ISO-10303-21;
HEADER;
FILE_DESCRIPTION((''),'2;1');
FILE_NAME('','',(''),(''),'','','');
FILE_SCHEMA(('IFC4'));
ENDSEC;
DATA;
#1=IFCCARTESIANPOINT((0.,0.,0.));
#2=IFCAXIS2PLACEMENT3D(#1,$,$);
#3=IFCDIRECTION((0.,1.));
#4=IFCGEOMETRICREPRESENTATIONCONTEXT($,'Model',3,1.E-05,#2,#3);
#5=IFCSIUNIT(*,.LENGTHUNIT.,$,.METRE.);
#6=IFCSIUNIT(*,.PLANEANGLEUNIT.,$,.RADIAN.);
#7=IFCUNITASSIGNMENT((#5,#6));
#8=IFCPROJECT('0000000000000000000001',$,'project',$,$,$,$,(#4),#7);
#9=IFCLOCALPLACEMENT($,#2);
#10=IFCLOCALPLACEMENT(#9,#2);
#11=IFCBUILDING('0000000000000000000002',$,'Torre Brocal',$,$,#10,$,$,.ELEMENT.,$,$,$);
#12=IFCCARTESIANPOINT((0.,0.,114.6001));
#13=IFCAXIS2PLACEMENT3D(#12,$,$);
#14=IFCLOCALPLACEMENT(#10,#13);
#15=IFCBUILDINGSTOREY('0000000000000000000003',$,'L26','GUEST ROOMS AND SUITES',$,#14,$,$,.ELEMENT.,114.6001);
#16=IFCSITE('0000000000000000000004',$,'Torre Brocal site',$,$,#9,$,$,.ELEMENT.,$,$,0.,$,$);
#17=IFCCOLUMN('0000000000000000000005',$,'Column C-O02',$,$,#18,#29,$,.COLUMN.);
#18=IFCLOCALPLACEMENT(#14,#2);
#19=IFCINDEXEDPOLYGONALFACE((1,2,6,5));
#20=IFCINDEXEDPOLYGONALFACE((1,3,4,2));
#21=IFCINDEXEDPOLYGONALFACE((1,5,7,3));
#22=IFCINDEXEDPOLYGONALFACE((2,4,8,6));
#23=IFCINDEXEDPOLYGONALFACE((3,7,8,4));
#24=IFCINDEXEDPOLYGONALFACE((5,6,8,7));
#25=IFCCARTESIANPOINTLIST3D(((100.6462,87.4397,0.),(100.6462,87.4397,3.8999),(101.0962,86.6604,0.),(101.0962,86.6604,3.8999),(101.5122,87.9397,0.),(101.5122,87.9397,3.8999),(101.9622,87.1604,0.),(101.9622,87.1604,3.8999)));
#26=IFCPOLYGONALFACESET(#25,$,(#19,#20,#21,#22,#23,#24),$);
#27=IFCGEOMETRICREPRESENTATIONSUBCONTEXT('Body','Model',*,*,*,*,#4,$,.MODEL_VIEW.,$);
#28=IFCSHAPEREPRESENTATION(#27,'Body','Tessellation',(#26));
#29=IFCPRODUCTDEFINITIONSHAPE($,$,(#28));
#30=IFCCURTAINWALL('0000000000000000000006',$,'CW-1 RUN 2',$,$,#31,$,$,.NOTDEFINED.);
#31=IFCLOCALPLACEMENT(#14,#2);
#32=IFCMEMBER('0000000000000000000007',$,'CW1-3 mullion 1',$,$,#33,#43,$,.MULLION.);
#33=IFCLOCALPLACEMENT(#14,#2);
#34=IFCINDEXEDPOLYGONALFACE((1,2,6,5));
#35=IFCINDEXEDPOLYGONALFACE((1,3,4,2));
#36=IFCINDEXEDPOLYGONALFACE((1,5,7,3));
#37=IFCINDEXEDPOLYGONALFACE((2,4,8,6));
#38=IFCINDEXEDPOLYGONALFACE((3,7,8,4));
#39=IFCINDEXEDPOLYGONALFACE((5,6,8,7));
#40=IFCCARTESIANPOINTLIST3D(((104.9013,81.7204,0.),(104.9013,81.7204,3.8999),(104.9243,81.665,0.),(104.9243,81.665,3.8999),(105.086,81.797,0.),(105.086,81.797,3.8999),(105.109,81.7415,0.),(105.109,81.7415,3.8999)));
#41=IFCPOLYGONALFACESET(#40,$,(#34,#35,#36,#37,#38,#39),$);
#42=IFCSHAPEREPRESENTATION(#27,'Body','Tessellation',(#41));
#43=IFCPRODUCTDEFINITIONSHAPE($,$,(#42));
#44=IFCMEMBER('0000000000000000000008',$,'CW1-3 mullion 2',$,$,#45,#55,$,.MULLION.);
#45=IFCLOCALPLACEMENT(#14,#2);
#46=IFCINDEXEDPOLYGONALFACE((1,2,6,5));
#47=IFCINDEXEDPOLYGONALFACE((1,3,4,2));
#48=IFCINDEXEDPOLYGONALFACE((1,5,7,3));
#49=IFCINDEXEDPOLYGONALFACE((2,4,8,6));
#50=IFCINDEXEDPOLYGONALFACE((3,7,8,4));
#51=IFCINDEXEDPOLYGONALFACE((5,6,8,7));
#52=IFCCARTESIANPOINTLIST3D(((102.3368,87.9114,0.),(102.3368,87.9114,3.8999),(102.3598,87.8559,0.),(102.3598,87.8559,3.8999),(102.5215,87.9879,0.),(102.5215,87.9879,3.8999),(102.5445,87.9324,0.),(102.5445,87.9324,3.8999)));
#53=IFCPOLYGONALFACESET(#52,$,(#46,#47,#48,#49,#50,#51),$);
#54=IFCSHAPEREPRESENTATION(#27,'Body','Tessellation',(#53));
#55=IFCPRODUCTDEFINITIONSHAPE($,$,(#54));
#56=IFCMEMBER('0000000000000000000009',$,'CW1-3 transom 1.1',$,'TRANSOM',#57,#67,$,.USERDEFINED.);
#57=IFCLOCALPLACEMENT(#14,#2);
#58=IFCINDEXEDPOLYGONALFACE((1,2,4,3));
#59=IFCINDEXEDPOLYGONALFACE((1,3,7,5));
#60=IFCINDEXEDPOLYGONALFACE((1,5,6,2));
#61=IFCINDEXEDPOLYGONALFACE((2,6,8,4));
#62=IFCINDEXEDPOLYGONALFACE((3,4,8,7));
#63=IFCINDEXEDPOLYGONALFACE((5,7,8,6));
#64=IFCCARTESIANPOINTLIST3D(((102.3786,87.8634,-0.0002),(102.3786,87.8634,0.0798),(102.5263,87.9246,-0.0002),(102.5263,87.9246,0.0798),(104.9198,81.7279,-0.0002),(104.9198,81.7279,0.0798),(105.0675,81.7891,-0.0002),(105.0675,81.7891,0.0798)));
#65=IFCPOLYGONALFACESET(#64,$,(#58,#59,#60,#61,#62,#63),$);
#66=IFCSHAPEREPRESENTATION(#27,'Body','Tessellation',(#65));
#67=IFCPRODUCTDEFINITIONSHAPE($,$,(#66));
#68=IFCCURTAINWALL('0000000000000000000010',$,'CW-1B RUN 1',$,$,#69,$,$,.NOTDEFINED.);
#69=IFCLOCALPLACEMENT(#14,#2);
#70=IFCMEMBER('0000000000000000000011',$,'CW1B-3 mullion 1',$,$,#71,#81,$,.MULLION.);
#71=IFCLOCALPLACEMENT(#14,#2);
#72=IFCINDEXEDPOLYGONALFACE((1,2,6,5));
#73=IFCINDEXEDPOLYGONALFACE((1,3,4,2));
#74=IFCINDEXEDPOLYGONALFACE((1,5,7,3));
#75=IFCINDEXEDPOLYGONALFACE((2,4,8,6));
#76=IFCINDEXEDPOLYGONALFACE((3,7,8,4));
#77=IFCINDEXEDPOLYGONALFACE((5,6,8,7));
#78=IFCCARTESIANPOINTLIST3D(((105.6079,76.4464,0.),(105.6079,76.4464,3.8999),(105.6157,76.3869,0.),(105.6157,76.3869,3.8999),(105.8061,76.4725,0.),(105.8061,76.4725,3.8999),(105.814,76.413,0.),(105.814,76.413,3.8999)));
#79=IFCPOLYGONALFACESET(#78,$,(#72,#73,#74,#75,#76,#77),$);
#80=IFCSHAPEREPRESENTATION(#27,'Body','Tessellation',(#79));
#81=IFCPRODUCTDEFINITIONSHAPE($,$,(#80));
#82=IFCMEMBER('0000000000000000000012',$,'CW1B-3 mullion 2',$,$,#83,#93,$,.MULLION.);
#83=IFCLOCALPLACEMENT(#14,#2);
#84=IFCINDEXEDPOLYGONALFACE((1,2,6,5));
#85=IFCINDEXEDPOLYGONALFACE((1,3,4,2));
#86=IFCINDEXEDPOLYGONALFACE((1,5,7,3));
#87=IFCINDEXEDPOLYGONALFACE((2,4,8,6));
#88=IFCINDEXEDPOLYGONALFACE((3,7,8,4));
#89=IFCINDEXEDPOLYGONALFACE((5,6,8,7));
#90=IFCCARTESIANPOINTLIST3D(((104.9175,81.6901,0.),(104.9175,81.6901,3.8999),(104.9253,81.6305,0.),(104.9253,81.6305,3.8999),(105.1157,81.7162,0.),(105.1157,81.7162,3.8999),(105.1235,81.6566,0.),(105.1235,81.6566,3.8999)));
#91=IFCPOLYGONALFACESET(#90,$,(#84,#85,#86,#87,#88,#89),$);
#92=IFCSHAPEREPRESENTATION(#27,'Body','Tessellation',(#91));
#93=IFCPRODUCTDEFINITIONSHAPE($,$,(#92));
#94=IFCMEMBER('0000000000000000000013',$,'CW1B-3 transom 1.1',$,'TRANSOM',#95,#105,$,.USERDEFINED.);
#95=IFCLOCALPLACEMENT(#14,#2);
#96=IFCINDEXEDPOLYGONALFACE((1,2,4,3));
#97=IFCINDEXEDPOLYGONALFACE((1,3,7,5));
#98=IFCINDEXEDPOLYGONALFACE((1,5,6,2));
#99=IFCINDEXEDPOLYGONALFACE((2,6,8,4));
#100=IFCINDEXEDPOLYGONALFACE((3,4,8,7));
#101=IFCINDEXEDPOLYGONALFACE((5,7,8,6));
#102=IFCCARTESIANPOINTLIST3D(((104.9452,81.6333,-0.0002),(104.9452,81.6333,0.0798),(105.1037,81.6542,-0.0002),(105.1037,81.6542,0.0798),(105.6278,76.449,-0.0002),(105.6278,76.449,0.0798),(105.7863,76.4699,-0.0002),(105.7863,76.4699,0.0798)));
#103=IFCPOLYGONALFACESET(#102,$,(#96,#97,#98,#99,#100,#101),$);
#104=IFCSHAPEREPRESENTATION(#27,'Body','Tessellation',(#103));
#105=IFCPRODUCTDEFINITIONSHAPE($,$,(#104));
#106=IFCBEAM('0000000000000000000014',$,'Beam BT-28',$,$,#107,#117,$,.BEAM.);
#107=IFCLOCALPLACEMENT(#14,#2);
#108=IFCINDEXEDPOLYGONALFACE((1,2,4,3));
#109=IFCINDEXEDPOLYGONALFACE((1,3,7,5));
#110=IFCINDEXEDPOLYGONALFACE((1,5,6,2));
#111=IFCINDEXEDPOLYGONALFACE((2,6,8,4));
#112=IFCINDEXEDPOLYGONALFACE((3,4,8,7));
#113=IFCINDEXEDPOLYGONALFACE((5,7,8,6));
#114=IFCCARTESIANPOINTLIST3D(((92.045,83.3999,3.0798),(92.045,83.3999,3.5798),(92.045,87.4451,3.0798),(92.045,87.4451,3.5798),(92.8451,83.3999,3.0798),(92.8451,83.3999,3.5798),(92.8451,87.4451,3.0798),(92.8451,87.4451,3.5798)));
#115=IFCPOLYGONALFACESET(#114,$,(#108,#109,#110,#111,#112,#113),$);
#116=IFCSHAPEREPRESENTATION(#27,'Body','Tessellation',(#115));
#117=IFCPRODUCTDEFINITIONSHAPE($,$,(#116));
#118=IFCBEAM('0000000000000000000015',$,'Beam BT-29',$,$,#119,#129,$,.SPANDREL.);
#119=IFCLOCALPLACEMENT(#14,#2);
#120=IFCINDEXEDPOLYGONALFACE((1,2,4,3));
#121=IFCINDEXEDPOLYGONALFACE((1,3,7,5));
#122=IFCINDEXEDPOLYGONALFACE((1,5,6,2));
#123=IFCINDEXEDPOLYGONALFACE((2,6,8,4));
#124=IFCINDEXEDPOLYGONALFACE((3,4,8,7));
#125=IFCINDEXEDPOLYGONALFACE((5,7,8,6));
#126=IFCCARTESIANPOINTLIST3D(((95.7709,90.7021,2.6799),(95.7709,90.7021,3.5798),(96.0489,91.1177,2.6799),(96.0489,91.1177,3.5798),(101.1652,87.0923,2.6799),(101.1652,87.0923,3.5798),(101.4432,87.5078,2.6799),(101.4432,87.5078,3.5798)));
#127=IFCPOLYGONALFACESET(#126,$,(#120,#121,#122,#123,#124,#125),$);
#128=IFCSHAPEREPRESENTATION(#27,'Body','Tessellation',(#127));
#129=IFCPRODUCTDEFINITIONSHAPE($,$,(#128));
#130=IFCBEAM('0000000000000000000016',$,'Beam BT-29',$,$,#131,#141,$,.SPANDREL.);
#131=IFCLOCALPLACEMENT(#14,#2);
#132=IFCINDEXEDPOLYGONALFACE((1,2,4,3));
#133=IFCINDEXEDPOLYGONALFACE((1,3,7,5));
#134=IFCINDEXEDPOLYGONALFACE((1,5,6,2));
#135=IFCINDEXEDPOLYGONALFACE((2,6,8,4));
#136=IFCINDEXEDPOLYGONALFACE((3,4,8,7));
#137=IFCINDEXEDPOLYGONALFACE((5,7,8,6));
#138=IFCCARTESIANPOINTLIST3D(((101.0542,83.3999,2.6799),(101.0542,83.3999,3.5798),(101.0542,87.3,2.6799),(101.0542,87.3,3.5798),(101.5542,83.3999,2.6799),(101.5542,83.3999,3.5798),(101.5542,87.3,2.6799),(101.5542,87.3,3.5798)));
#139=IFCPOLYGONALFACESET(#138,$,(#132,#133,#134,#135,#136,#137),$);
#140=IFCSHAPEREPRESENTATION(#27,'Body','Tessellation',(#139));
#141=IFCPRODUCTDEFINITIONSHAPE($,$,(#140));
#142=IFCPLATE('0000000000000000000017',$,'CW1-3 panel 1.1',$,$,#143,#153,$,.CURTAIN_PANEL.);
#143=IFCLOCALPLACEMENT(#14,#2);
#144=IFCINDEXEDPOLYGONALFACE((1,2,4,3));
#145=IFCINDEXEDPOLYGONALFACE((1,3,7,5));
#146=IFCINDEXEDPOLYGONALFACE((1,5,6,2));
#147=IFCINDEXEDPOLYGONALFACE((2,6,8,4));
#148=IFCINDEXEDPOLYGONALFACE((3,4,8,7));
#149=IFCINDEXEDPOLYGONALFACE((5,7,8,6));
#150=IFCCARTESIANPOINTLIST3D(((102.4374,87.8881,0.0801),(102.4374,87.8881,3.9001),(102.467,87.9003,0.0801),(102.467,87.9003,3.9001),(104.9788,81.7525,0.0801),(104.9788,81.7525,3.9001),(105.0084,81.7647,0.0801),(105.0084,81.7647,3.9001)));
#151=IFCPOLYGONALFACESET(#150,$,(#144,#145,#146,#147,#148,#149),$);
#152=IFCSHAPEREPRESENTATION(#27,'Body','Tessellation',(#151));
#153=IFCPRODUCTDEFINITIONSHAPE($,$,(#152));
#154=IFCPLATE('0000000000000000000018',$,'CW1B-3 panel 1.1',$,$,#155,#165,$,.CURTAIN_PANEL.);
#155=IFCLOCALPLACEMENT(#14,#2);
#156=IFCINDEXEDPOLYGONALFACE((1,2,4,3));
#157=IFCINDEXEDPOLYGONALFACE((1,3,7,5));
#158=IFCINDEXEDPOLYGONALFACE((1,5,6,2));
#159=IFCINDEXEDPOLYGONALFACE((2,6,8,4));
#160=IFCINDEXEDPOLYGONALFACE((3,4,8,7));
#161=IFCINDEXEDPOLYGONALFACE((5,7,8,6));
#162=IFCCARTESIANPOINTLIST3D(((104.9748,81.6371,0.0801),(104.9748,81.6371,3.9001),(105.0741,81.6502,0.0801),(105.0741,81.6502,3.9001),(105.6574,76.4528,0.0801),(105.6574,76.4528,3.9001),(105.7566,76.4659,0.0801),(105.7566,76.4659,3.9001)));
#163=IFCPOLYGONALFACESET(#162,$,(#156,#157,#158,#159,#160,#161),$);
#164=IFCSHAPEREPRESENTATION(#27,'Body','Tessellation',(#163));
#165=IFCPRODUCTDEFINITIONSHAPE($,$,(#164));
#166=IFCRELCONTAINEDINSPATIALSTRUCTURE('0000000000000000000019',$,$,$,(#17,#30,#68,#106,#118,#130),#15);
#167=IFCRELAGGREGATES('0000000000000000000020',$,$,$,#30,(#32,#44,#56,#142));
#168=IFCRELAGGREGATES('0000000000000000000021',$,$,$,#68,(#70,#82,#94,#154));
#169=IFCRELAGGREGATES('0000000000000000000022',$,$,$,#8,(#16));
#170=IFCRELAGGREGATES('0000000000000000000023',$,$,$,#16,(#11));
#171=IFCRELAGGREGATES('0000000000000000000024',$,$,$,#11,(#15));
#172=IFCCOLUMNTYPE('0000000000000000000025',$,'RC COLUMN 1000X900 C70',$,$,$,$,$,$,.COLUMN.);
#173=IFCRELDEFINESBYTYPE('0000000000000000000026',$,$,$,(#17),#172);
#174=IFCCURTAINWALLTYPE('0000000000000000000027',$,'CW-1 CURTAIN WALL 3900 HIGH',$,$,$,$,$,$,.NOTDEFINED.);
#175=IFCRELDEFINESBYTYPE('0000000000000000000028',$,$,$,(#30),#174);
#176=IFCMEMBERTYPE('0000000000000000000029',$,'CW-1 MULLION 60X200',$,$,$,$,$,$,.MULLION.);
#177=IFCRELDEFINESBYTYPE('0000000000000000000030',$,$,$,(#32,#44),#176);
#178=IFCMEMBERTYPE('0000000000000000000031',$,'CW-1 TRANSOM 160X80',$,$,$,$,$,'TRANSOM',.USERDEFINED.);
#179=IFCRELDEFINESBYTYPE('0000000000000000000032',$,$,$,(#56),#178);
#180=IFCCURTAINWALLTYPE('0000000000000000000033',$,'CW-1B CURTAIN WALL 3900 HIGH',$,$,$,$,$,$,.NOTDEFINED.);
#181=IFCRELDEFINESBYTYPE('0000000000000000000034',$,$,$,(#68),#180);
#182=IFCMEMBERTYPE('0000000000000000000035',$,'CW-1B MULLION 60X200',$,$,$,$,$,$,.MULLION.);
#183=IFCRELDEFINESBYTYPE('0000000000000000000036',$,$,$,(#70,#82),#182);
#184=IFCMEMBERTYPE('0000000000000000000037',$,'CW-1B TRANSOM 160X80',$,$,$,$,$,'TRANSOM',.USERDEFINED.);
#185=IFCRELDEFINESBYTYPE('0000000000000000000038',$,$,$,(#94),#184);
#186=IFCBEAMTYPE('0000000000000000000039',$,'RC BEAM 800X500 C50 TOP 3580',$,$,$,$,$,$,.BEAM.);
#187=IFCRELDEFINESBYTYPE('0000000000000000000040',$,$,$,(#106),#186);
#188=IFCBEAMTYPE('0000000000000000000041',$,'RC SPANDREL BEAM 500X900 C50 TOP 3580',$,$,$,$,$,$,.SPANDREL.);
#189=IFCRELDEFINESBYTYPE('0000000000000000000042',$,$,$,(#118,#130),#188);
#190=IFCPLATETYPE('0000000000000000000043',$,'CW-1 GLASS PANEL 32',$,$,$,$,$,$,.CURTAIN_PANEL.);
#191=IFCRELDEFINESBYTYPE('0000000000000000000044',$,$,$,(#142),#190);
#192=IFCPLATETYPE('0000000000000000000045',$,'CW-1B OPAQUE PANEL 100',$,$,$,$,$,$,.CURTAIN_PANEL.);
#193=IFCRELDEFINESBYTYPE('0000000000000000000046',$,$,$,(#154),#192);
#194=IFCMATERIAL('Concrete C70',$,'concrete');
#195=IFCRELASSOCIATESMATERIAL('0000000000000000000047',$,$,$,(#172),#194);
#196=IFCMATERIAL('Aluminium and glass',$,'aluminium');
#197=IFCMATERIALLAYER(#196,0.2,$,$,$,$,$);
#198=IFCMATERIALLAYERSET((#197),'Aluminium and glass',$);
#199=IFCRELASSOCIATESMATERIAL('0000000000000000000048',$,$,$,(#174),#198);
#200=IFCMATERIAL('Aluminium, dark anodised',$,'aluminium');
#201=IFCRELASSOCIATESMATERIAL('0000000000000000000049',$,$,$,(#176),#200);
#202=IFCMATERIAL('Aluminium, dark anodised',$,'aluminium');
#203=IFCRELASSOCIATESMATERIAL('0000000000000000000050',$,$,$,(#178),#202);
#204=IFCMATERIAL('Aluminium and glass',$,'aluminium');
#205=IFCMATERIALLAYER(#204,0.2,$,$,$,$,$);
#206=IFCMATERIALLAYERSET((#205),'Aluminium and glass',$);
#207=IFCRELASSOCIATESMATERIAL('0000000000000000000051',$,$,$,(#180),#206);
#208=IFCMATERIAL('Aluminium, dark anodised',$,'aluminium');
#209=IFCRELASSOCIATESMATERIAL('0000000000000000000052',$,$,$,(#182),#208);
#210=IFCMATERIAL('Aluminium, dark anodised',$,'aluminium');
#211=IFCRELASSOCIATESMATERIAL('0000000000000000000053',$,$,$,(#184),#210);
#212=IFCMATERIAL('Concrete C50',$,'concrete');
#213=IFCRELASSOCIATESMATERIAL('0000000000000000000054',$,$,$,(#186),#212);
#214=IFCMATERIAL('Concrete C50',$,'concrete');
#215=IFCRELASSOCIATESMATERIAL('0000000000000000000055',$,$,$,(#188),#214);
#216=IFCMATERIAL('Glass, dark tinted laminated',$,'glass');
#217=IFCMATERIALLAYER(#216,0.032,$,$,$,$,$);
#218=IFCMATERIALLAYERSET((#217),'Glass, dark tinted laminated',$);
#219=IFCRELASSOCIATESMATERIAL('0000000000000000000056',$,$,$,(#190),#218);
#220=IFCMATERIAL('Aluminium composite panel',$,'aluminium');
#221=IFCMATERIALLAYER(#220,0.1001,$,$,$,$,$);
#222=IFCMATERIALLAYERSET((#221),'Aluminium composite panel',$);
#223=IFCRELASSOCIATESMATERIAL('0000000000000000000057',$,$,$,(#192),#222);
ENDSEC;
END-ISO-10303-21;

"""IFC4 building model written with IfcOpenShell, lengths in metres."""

from ifc_helpers import new_model, si_unit, direction, frame, origin, origin_2d, place, context, subcontext, project, spatial, rectangle, extrude, material, layer, layer_set, material_profile, profile_set, type_object, element, aggregate, save


model = new_model("IFC4")

# Units and contexts
model_context = context("Model", 3, precision=1e-05, world=origin(), true_north=direction((0.0, 1.0)))
body_context = subcontext(model_context, "Body", "Model", "MODEL_VIEW")
ifc_project = project(units=[si_unit("LENGTHUNIT", "METRE"), si_unit("PLANEANGLEUNIT", "RADIAN")], contexts=[model_context])

# Site, building, storey
site_placement = place(None, origin())
site = spatial("IfcSite", under=ifc_project, at=site_placement, Name="Torre Brocal site", CompositionType="ELEMENT", RefElevation=0.0)
building_placement = place(site_placement, origin())
building = spatial("IfcBuilding", under=site, at=building_placement, Name="Torre Brocal", CompositionType="ELEMENT")
storey_placement = place(building_placement, frame((0.0, 0.0, 114.6001)))
storey = spatial("IfcBuildingStorey", under=building, at=storey_placement, Name="L26", Description="GUEST ROOMS AND SUITES", CompositionType="ELEMENT", Elevation=114.6001)

# Column
ifc_material_1 = material(Name="Concrete C70", Category="concrete")
ifc_material_profile_1 = material_profile(ifc_material_1, rectangle(XDim=1.0, YDim=0.8999, at=origin_2d()), Name="RC 1000X900")
ifc_profile_set_1 = profile_set([ifc_material_profile_1], Name="Concrete C70")
column_type = type_object("IfcColumnType", Name="RC COLUMN 1000X900 C70", PredefinedType="COLUMN", material=ifc_profile_set_1)
column_placement = place(storey_placement, frame((101.3042, 87.3, 0.0), z_axis=(0.0, 0.0, 1.0), x_axis=(0.866025, 0.5, 0.0)))
element("IfcColumn", 1, at=column_placement, inside=storey, type_object=column_type, Name="Column C-O02", PredefinedType="COLUMN", context=body_context, shape_type="SweptSolid", body=[
    extrude(rectangle(XDim=1.0, YDim=0.8999, at=origin_2d()), origin(), (0.0, 0.0, 1.0), 3.8999),
])

# Curtain walls, members
ifc_material_2 = material(Name="Aluminium and glass", Category="aluminium")
ifc_layer_1 = layer(ifc_material_2, 0.2)
ifc_layer_set_1 = layer_set([ifc_layer_1], Name="Aluminium and glass")
curtain_wall_type_1 = type_object("IfcCurtainWallType", Name="CW-1 CURTAIN WALL 3900 HIGH", PredefinedType="NOTDEFINED", material=ifc_layer_set_1)
curtain_wall_1_placement = place(storey_placement, origin())
curtain_wall_1 = element("IfcCurtainWall", 2, at=curtain_wall_1_placement, inside=storey, type_object=curtain_wall_type_1, Name="CW-1 RUN 2", PredefinedType="NOTDEFINED")
ifc_material_3 = material(Name="Aluminium, dark anodised", Category="aluminium")
ifc_material_profile_2 = material_profile(ifc_material_3, rectangle(XDim=0.2, YDim=0.0601, at=origin_2d()), Name="CW-1 MULLION 60X200")
ifc_profile_set_2 = profile_set([ifc_material_profile_2], Name="Aluminium, dark anodised")
member_type_1 = type_object("IfcMemberType", Name="CW-1 MULLION 60X200", PredefinedType="MULLION", material=ifc_profile_set_2)
member_1_placement = place(storey_placement, frame((105.0051, 81.731, 0.0), z_axis=(0.0, 0.0, 1.0), x_axis=(-0.92388, -0.382683, 0.0)))
member_1 = element("IfcMember", 3, at=member_1_placement, type_object=member_type_1, Name="CW1-3 mullion 1", PredefinedType="MULLION", context=body_context, shape_type="SweptSolid", body=[
    extrude(rectangle(XDim=0.2, YDim=0.0601, at=origin_2d()), origin(), (0.0, 0.0, 1.0), 3.8999),
])
member_2_placement = place(storey_placement, frame((102.4407, 87.9219, 0.0), z_axis=(0.0, 0.0, 1.0), x_axis=(-0.92388, -0.382683, 0.0)))
member_2 = element("IfcMember", 4, at=member_2_placement, type_object=member_type_1, Name="CW1-3 mullion 2", PredefinedType="MULLION", context=body_context, shape_type="SweptSolid", body=[
    extrude(rectangle(XDim=0.2, YDim=0.0601, at=origin_2d()), origin(), (0.0, 0.0, 1.0), 3.8999),
])
ifc_material_4 = material(Name="Aluminium, dark anodised", Category="aluminium")
ifc_material_profile_3 = material_profile(ifc_material_4, rectangle(XDim=0.1599, YDim=0.0801, at=origin_2d()), Name="CW-1 TRANSOM 160X80")
ifc_profile_set_3 = profile_set([ifc_material_profile_3], Name="Aluminium, dark anodised")
member_type_2 = type_object("IfcMemberType", Name="CW-1 TRANSOM 160X80", ElementType="TRANSOM", PredefinedType="USERDEFINED", material=ifc_profile_set_3)
member_3_placement = place(storey_placement, frame((104.9937, 81.7585, 0.0398), z_axis=(-0.382665, 0.923887, 0.0), x_axis=(-0.923887, -0.382665, 0.0)))
member_3 = element("IfcMember", 5, at=member_3_placement, type_object=member_type_2, Name="CW1-3 transom 1.1", ObjectType="TRANSOM", PredefinedType="USERDEFINED", context=body_context, shape_type="SweptSolid", body=[
    extrude(rectangle(XDim=0.1599, YDim=0.0801, at=origin_2d()), origin(), (0.0, 0.0, 1.0), 6.6409),
])
ifc_material_5 = material(Name="Aluminium and glass", Category="aluminium")
ifc_layer_2 = layer(ifc_material_5, 0.2)
ifc_layer_set_2 = layer_set([ifc_layer_2], Name="Aluminium and glass")
curtain_wall_type_2 = type_object("IfcCurtainWallType", Name="CW-1B CURTAIN WALL 3900 HIGH", PredefinedType="NOTDEFINED", material=ifc_layer_set_2)
curtain_wall_2_placement = place(storey_placement, origin())
curtain_wall_2 = element("IfcCurtainWall", 6, at=curtain_wall_2_placement, inside=storey, type_object=curtain_wall_type_2, Name="CW-1B RUN 1", PredefinedType="NOTDEFINED")
ifc_material_6 = material(Name="Aluminium, dark anodised", Category="aluminium")
ifc_material_profile_4 = material_profile(ifc_material_6, rectangle(XDim=0.2, YDim=0.0601, at=origin_2d()), Name="CW-1B MULLION 60X200")
ifc_profile_set_4 = profile_set([ifc_material_profile_4], Name="Aluminium, dark anodised")
member_type_3 = type_object("IfcMemberType", Name="CW-1B MULLION 60X200", PredefinedType="MULLION", material=ifc_profile_set_4)
member_4_placement = place(storey_placement, frame((105.7109, 76.4297, 0.0), z_axis=(0.0, 0.0, 1.0), x_axis=(-0.991445, -0.130526, 0.0)))
member_4 = element("IfcMember", 7, at=member_4_placement, type_object=member_type_3, Name="CW1B-3 mullion 1", PredefinedType="MULLION", context=body_context, shape_type="SweptSolid", body=[
    extrude(rectangle(XDim=0.2, YDim=0.0601, at=origin_2d()), origin(), (0.0, 0.0, 1.0), 3.8999),
])
member_5_placement = place(storey_placement, frame((105.0205, 81.6733, 0.0), z_axis=(0.0, 0.0, 1.0), x_axis=(-0.991445, -0.130526, 0.0)))
member_5 = element("IfcMember", 8, at=member_5_placement, type_object=member_type_3, Name="CW1B-3 mullion 2", PredefinedType="MULLION", context=body_context, shape_type="SweptSolid", body=[
    extrude(rectangle(XDim=0.2, YDim=0.0601, at=origin_2d()), origin(), (0.0, 0.0, 1.0), 3.8999),
])
ifc_material_7 = material(Name="Aluminium, dark anodised", Category="aluminium")
ifc_material_profile_5 = material_profile(ifc_material_7, rectangle(XDim=0.1599, YDim=0.0801, at=origin_2d()), Name="CW-1B TRANSOM 160X80")
ifc_profile_set_5 = profile_set([ifc_material_profile_5], Name="Aluminium, dark anodised")
member_type_4 = type_object("IfcMemberType", Name="CW-1B TRANSOM 160X80", ElementType="TRANSOM", PredefinedType="USERDEFINED", material=ifc_profile_set_5)
member_6_placement = place(storey_placement, frame((105.707, 76.4595, 0.0398), z_axis=(-0.130543, 0.991443, 0.0), x_axis=(-0.991443, -0.130543, 0.0)))
member_6 = element("IfcMember", 9, at=member_6_placement, type_object=member_type_4, Name="CW1B-3 transom 1.1", ObjectType="TRANSOM", PredefinedType="USERDEFINED", context=body_context, shape_type="SweptSolid", body=[
    extrude(rectangle(XDim=0.1599, YDim=0.0801, at=origin_2d()), origin(), (0.0, 0.0, 1.0), 5.229),
])

# Beams
ifc_material_8 = material(Name="Concrete C50", Category="concrete")
ifc_material_profile_6 = material_profile(ifc_material_8, rectangle(XDim=0.8, YDim=0.5, at=origin_2d()), Name="RC 800X500")
ifc_profile_set_6 = profile_set([ifc_material_profile_6], Name="Concrete C50")
beam_type_1 = type_object("IfcBeamType", Name="RC BEAM 800X500 C50 TOP 3580", PredefinedType="BEAM", material=ifc_profile_set_6)
beam_1_placement = place(storey_placement, frame((92.4451, 87.4451, 3.3298), z_axis=(0.0, -1.0, 0.0), x_axis=(1.0, 0.0, 0.0)))
element("IfcBeam", 10, at=beam_1_placement, inside=storey, type_object=beam_type_1, Name="Beam BT-28", PredefinedType="BEAM", context=body_context, shape_type="SweptSolid", body=[
    extrude(rectangle(XDim=0.8, YDim=0.5, at=origin_2d()), origin(), (0.0, 0.0, 1.0), 4.0452),
])
ifc_material_9 = material(Name="Concrete C50", Category="concrete")
ifc_material_profile_7 = material_profile(ifc_material_9, rectangle(XDim=0.5, YDim=0.8999, at=origin_2d()), Name="RC 500X900")
ifc_profile_set_7 = profile_set([ifc_material_profile_7], Name="Concrete C50")
beam_type_2 = type_object("IfcBeamType", Name="RC SPANDREL BEAM 500X900 C50 TOP 3580", PredefinedType="SPANDREL", material=ifc_profile_set_7)
beam_2_placement = place(storey_placement, frame((101.3042, 87.3, 3.1299), z_axis=(-0.831077, 0.556158, 0.0), x_axis=(-0.556158, -0.831077, 0.0)))
element("IfcBeam", 11, at=beam_2_placement, inside=storey, type_object=beam_type_2, Name="Beam BT-29", PredefinedType="SPANDREL", context=body_context, shape_type="SweptSolid", body=[
    extrude(rectangle(XDim=0.5, YDim=0.8999, at=origin_2d()), origin(), (0.0, 0.0, 1.0), 6.4907),
])
beam_3_placement = place(storey_placement, frame((101.3042, 87.3, 3.1299), z_axis=(0.0, -1.0, 0.0), x_axis=(1.0, 0.0, 0.0)))
element("IfcBeam", 12, at=beam_3_placement, inside=storey, type_object=beam_type_2, Name="Beam BT-29", PredefinedType="SPANDREL", context=body_context, shape_type="SweptSolid", body=[
    extrude(rectangle(XDim=0.5, YDim=0.8999, at=origin_2d()), origin(), (0.0, 0.0, 1.0), 3.9001),
])

# Plates
ifc_material_10 = material(Name="Glass, dark tinted laminated", Category="glass")
ifc_layer_3 = layer(ifc_material_10, 0.032)
ifc_layer_set_3 = layer_set([ifc_layer_3], Name="Glass, dark tinted laminated")
plate_type_1 = type_object("IfcPlateType", Name="CW-1 GLASS PANEL 32", PredefinedType="CURTAIN_PANEL", material=ifc_layer_set_3)
plate_1_placement = place(storey_placement, frame((103.7229, 84.8264, 0.0801), z_axis=(0.0, 0.0, 1.0), x_axis=(-0.382683, 0.92388, 0.0)))
plate_1 = element("IfcPlate", 13, at=plate_1_placement, type_object=plate_type_1, Name="CW1-3 panel 1.1", PredefinedType="CURTAIN_PANEL", context=body_context, shape_type="SweptSolid", body=[
    extrude(rectangle(XDim=6.6411, YDim=0.032, at=origin_2d()), origin(), (0.0, 0.0, 1.0), 3.8201),
])
aggregate(curtain_wall_1, [member_1, member_2, member_3, plate_1])
ifc_material_11 = material(Name="Aluminium composite panel", Category="aluminium")
ifc_layer_4 = layer(ifc_material_11, 0.1001)
ifc_layer_set_4 = layer_set([ifc_layer_4], Name="Aluminium composite panel")
plate_type_2 = type_object("IfcPlateType", Name="CW-1B OPAQUE PANEL 100", PredefinedType="CURTAIN_PANEL", material=ifc_layer_set_4)
plate_2_placement = place(storey_placement, frame((105.3657, 79.0515, 0.0801), z_axis=(0.0, 0.0, 1.0), x_axis=(-0.130526, 0.991445, 0.0)))
plate_2 = element("IfcPlate", 14, at=plate_2_placement, type_object=plate_type_2, Name="CW1B-3 panel 1.1", PredefinedType="CURTAIN_PANEL", context=body_context, shape_type="SweptSolid", body=[
    extrude(rectangle(XDim=5.229, YDim=0.1001, at=origin_2d()), origin(), (0.0, 0.0, 1.0), 3.8201),
])
aggregate(curtain_wall_2, [member_4, member_5, member_6, plate_2])

save(model, "model.ifc")
